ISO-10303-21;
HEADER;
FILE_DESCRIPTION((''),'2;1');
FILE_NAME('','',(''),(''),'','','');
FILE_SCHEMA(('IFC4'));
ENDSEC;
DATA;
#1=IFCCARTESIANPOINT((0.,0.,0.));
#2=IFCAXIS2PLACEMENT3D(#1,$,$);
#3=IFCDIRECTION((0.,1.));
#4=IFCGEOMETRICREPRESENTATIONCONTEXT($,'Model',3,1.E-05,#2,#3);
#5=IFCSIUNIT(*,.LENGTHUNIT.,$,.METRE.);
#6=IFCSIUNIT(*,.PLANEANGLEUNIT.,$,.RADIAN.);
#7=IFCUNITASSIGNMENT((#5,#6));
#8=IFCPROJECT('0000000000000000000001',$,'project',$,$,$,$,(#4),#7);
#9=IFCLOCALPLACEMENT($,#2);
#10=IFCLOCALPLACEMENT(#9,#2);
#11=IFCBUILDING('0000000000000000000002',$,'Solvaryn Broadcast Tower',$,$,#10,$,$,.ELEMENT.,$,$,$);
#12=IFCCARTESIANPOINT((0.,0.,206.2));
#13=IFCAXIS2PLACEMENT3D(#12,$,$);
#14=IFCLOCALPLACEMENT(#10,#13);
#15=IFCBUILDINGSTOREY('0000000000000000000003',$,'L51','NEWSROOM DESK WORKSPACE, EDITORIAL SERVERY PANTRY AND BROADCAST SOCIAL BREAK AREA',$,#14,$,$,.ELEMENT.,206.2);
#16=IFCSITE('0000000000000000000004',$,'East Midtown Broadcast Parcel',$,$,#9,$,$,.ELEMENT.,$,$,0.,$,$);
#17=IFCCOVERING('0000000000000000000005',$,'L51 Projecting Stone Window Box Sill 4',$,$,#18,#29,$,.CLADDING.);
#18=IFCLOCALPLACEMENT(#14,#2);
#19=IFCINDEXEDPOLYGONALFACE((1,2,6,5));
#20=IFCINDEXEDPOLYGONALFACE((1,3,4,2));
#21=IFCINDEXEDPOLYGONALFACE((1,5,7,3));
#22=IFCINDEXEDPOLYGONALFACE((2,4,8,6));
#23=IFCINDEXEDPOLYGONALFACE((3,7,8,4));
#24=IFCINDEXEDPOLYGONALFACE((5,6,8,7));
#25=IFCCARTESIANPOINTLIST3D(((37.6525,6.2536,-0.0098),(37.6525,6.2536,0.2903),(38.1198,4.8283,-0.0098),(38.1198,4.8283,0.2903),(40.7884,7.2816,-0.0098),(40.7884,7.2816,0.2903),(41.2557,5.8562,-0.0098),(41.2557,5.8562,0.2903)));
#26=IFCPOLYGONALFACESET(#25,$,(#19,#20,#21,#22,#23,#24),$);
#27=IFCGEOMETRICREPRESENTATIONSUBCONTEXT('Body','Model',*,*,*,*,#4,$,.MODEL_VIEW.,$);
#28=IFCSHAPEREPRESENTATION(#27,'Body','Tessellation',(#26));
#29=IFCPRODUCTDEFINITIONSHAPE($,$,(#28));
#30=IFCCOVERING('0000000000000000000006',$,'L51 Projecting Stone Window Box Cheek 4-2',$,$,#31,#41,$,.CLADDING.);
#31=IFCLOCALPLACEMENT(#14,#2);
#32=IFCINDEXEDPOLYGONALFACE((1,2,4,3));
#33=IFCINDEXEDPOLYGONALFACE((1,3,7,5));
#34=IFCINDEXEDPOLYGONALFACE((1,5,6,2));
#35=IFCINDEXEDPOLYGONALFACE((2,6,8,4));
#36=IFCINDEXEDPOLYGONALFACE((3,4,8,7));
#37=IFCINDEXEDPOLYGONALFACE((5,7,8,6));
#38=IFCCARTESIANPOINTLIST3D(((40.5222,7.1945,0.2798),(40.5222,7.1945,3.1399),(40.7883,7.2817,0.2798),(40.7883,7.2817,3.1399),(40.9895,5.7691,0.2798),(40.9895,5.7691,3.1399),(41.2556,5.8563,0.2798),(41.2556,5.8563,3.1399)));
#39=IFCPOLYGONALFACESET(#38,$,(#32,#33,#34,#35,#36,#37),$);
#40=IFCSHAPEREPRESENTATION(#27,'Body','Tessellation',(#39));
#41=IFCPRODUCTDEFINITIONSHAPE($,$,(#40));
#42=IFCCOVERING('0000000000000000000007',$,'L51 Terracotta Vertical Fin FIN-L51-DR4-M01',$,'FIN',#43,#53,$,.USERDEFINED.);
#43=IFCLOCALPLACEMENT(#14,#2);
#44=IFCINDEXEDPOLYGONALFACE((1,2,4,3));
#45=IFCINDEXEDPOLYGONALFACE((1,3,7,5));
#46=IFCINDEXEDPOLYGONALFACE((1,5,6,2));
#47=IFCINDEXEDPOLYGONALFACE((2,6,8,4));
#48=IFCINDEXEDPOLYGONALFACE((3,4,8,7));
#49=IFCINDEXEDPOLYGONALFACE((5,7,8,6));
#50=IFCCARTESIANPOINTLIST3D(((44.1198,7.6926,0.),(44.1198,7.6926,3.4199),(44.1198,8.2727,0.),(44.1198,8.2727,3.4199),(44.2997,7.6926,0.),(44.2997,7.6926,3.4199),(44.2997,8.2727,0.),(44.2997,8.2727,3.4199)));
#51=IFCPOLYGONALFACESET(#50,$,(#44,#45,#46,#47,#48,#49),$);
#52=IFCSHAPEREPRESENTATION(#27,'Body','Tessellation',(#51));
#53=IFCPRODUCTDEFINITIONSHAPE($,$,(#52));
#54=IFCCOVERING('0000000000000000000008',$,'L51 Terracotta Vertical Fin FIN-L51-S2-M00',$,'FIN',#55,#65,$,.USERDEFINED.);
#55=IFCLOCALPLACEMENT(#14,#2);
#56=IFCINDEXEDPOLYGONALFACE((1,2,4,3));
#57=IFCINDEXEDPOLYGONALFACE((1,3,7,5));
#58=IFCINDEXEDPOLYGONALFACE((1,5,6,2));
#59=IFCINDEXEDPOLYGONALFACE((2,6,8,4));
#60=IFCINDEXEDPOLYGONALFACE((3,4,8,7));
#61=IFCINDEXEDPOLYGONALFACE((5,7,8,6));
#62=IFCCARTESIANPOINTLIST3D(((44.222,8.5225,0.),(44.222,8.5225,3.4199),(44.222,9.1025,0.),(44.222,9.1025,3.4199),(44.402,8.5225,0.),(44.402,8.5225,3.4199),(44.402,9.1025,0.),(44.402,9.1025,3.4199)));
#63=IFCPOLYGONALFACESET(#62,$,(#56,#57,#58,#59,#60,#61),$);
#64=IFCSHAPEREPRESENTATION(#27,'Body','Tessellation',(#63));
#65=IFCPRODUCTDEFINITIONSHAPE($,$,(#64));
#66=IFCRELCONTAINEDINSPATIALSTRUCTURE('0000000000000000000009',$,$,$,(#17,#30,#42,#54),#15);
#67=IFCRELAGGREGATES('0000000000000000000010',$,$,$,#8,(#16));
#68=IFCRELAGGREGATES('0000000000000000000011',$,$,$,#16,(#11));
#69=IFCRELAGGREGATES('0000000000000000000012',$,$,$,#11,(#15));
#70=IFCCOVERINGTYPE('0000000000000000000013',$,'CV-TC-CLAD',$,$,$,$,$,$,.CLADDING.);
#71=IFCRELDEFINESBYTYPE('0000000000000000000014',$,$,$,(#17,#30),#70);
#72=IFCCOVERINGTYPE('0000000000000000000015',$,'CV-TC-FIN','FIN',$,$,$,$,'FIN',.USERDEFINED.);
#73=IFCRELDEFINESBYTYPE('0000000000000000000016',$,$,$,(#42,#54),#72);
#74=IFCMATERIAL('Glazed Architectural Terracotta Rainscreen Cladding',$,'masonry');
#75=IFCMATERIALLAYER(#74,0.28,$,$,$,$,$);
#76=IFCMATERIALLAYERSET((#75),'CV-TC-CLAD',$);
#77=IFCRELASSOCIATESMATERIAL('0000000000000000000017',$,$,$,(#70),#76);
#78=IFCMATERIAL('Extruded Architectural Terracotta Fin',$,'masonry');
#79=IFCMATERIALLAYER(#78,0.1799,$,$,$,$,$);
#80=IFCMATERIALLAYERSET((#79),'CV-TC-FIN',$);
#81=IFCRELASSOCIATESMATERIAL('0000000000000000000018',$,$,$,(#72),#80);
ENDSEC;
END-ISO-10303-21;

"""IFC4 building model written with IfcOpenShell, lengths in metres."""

from ifc_helpers import new_model, si_unit, direction, frame, origin, origin_2d, place, context, subcontext, project, spatial, rectangle, extrude, material, layer, layer_set, type_object, element, save


model = new_model("IFC4")

# Units and contexts
model_context = context("Model", 3, precision=1e-05, world=origin(), true_north=direction((0.0, 1.0)))
body_context = subcontext(model_context, "Body", "Model", "MODEL_VIEW")
ifc_project = project(units=[si_unit("LENGTHUNIT", "METRE"), si_unit("PLANEANGLEUNIT", "RADIAN")], contexts=[model_context])

# Site, building, storey
site_placement = place(None, origin())
site = spatial("IfcSite", under=ifc_project, at=site_placement, Name="East Midtown Broadcast Parcel", CompositionType="ELEMENT", RefElevation=0.0)
building_placement = place(site_placement, origin())
building = spatial("IfcBuilding", under=site, at=building_placement, Name="Solvaryn Broadcast Tower", CompositionType="ELEMENT")
storey_placement = place(building_placement, frame((0.0, 0.0, 206.2)))
storey = spatial("IfcBuildingStorey", under=building, at=storey_placement, Name="L51", Description="NEWSROOM DESK WORKSPACE, EDITORIAL SERVERY PANTRY AND BROADCAST SOCIAL BREAK AREA", CompositionType="ELEMENT", Elevation=206.2)

# Coverings
ifc_material_1 = material(Name="Glazed Architectural Terracotta Rainscreen Cladding", Category="masonry")
ifc_layer_1 = layer(ifc_material_1, 0.28)
ifc_layer_set_1 = layer_set([ifc_layer_1], Name="CV-TC-CLAD")
covering_type_1 = type_object("IfcCoveringType", Name="CV-TC-CLAD", PredefinedType="CLADDING", material=ifc_layer_set_1)
for number, where, z_axis, x_axis, name in (
    (1, (39.4541, 6.0549, -0.0098), (0.0, 0.0, 1.0), (0.950244, 0.311506, 0.0), "L51 Projecting Stone Window Box Sill 4"),
):
    element("IfcCovering", number, at=place(storey_placement, frame(where, z_axis=z_axis, x_axis=x_axis)), inside=storey, type_object=covering_type_1, Name=name, PredefinedType="CLADDING", context=body_context, shape_type="SweptSolid", body=[
        extrude(rectangle(XDim=3.3, YDim=1.5, at=origin_2d()), origin(), (0.0, 0.0, 1.0), 0.3),
    ])
covering_placement = place(storey_placement, frame((40.8889, 6.5254, 0.2798), z_axis=(0.0, 0.0, 1.0), x_axis=(0.950244, 0.311506, 0.0)))
element("IfcCovering", 2, at=covering_placement, inside=storey, type_object=covering_type_1, Name="L51 Projecting Stone Window Box Cheek 4-2", PredefinedType="CLADDING", context=body_context, shape_type="SweptSolid", body=[
    extrude(rectangle(XDim=0.28, YDim=1.5, at=origin_2d()), origin(), (0.0, 0.0, 1.0), 2.8601),
])
ifc_material_2 = material(Name="Extruded Architectural Terracotta Fin", Category="masonry")
ifc_layer_2 = layer(ifc_material_2, 0.1799)
ifc_layer_set_2 = layer_set([ifc_layer_2], Name="CV-TC-FIN")
covering_type_2 = type_object("IfcCoveringType", Name="CV-TC-FIN", Description="FIN", ElementType="FIN", PredefinedType="USERDEFINED", material=ifc_layer_set_2)
for number, where, z_axis, x_axis, name in (
    (3, (44.2097, 7.9827, 0.0), (0.0, 0.0, 1.0), (1.0, 0.0, 0.0), "L51 Terracotta Vertical Fin FIN-L51-DR4-M01"),
    (4, (44.312, 8.8125, 0.0), (0.0, 0.0, 1.0), (1.0, 0.0, 0.0), "L51 Terracotta Vertical Fin FIN-L51-S2-M00"),
):
    element("IfcCovering", number, at=place(storey_placement, frame(where, z_axis=z_axis, x_axis=x_axis)), inside=storey, type_object=covering_type_2, Name=name, ObjectType="FIN", PredefinedType="USERDEFINED", context=body_context, shape_type="SweptSolid", body=[
        extrude(rectangle(XDim=0.1799, YDim=0.5801, at=origin_2d()), origin(), (0.0, 0.0, 1.0), 3.4199),
    ])

save(model, "model.ifc")
